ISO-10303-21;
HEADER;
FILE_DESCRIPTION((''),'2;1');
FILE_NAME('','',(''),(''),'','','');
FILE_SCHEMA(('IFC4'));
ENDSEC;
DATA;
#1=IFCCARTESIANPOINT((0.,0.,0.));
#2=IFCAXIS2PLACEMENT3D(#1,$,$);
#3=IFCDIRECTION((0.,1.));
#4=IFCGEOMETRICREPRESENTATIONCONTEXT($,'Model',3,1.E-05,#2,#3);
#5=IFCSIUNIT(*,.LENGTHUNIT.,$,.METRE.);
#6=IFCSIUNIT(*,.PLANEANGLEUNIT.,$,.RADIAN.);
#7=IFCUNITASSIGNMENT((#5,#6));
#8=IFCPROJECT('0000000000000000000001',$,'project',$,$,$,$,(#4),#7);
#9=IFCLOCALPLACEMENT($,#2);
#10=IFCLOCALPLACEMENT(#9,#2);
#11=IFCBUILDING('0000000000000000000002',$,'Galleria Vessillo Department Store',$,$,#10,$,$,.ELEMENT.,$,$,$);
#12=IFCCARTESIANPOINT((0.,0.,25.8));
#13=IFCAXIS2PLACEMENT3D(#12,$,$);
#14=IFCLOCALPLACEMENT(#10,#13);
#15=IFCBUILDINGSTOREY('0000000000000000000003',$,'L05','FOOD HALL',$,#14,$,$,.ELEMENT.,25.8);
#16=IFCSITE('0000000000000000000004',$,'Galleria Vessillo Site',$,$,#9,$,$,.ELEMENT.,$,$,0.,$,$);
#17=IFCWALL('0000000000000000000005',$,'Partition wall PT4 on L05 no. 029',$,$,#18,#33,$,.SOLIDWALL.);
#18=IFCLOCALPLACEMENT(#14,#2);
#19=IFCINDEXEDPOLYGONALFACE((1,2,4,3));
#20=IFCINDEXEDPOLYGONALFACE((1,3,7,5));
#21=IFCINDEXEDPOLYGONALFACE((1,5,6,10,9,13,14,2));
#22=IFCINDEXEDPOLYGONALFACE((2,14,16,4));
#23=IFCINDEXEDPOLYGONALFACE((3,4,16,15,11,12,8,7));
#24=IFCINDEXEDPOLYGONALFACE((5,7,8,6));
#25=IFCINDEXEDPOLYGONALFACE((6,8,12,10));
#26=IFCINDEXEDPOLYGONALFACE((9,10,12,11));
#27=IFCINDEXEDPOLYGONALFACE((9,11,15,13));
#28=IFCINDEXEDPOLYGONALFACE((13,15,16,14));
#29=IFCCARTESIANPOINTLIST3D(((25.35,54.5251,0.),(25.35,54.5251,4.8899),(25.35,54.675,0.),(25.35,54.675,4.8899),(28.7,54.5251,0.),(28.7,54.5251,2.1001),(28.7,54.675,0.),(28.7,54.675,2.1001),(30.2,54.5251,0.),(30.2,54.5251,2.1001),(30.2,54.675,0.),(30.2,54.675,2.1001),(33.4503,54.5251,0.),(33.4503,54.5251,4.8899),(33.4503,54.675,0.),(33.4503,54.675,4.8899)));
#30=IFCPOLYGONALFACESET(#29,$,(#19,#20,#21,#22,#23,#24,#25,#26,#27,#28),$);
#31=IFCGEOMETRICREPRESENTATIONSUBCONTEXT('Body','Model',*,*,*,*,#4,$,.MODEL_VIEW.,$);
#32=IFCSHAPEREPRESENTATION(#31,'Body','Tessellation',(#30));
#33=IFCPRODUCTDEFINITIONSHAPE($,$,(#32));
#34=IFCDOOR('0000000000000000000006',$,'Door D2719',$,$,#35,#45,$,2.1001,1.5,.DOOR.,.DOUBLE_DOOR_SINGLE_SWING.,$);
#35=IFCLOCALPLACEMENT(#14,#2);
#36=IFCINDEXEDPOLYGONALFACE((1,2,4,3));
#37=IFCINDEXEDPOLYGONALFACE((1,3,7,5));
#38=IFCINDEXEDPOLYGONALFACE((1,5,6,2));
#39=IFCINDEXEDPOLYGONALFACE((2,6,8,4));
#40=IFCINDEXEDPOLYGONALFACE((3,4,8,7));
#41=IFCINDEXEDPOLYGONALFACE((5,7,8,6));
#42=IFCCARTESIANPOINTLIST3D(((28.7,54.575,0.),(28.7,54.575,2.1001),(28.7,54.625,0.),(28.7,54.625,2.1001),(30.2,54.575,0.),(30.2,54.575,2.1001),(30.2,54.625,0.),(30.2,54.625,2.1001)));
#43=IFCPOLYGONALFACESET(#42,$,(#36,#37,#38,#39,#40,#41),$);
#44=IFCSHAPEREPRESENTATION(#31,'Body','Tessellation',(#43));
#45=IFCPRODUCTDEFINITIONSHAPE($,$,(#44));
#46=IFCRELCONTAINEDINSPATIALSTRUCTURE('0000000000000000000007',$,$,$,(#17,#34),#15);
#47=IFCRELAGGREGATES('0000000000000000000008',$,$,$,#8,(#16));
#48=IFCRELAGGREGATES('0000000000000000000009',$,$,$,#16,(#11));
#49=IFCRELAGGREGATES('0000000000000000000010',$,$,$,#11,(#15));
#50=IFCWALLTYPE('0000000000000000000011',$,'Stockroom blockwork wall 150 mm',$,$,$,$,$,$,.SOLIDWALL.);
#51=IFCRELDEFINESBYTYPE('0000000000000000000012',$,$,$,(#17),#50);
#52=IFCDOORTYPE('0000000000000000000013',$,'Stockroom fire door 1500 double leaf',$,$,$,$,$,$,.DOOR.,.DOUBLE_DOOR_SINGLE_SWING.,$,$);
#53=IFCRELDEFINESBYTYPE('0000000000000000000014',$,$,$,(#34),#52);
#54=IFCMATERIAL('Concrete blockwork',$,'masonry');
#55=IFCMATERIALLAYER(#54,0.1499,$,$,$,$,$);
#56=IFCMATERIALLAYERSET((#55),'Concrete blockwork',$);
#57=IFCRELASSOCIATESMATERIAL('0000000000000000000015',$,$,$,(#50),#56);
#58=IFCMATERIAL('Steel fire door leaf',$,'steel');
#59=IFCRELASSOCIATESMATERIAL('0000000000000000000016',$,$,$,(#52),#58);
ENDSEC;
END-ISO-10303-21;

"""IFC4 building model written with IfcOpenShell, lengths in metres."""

from ifc_helpers import new_model, si_unit, direction, frame, frame_2d, origin, place, context, subcontext, project, spatial, rectangle, extrude, material, layer, layer_set, type_object, element, fill, save


model = new_model("IFC4")

# Units and contexts
model_context = context("Model", 3, precision=1e-05, world=origin(), true_north=direction((0.0, 1.0)))
body_context = subcontext(model_context, "Body", "Model", "MODEL_VIEW")
ifc_project = project(units=[si_unit("LENGTHUNIT", "METRE"), si_unit("PLANEANGLEUNIT", "RADIAN")], contexts=[model_context])

# Site, building, storey
site_placement = place(None, origin())
site = spatial("IfcSite", under=ifc_project, at=site_placement, Name="Galleria Vessillo Site", CompositionType="ELEMENT", RefElevation=0.0)
building_placement = place(site_placement, origin())
building = spatial("IfcBuilding", under=site, at=building_placement, Name="Galleria Vessillo Department Store", CompositionType="ELEMENT")
storey_placement = place(building_placement, frame((0.0, 0.0, 25.8)))
storey = spatial("IfcBuildingStorey", under=building, at=storey_placement, Name="L05", Description="FOOD HALL", CompositionType="ELEMENT", Elevation=25.8)

# Wall, opening, door
ifc_material_1 = material(Name="Concrete blockwork", Category="masonry")
ifc_layer_1 = layer(ifc_material_1, 0.1499)
ifc_layer_set_1 = layer_set([ifc_layer_1], Name="Concrete blockwork")
wall_type_1 = type_object("IfcWallType", Name="Stockroom blockwork wall 150 mm", PredefinedType="SOLIDWALL", material=ifc_layer_set_1)
wall_1_placement = place(storey_placement, frame((25.3499, 54.6001, 0.0), z_axis=(0.0, 0.0, 1.0), x_axis=(1.0, 0.0, 0.0)))
wall_1 = element("IfcWall", 1, at=wall_1_placement, inside=storey, type_object=wall_type_1, Name="Partition wall PT4 on L05 no. 029", PredefinedType="SOLIDWALL", context=body_context, shape_type="SweptSolid", body=[
    extrude(rectangle(XDim=8.1003, YDim=0.1499, at=frame_2d((4.0503, 0.0))), origin(), (0.0, 0.0, 1.0), 4.8899),
])
opening_1_placement = place(wall_1_placement, frame((3.3501, 0.0, 0.0)))
opening_1 = element("IfcOpeningElement", 2, at=opening_1_placement, cuts=wall_1, PredefinedType="OPENING", context=body_context, shape_type="SweptSolid", body=[
    extrude(rectangle(XDim=1.5, YDim=2.1001, at=frame_2d((0.75, 1.05))), frame((0.0, 0.085, 0.0), z_axis=(0.0, -1.0, 0.0), x_axis=(1.0, 0.0, 0.0)), (0.0, 0.0, 1.0), 0.1699),
])
ifc_material_2 = material(Name="Steel fire door leaf", Category="steel")
door_type_1 = type_object("IfcDoorType", Name="Stockroom fire door 1500 double leaf", OperationType="DOUBLE_DOOR_SINGLE_SWING", PredefinedType="DOOR", material=ifc_material_2)
door_1_placement = place(opening_1_placement, origin())
door_1 = element("IfcDoor", 3, at=door_1_placement, inside=storey, type_object=door_type_1, Name="Door D2719", OperationType="DOUBLE_DOOR_SINGLE_SWING", OverallHeight=2.1001, OverallWidth=1.5, PredefinedType="DOOR", context=body_context, shape_type="SweptSolid", body=[
    extrude(rectangle(XDim=1.5, YDim=2.1001, at=frame_2d((0.75, 1.05))), frame((0.0, 0.0249, 0.0), z_axis=(0.0, -1.0, 0.0), x_axis=(1.0, 0.0, 0.0)), (0.0, 0.0, 1.0), 0.05),
])
fill(opening_1, door_1)

save(model, "model.ifc")
